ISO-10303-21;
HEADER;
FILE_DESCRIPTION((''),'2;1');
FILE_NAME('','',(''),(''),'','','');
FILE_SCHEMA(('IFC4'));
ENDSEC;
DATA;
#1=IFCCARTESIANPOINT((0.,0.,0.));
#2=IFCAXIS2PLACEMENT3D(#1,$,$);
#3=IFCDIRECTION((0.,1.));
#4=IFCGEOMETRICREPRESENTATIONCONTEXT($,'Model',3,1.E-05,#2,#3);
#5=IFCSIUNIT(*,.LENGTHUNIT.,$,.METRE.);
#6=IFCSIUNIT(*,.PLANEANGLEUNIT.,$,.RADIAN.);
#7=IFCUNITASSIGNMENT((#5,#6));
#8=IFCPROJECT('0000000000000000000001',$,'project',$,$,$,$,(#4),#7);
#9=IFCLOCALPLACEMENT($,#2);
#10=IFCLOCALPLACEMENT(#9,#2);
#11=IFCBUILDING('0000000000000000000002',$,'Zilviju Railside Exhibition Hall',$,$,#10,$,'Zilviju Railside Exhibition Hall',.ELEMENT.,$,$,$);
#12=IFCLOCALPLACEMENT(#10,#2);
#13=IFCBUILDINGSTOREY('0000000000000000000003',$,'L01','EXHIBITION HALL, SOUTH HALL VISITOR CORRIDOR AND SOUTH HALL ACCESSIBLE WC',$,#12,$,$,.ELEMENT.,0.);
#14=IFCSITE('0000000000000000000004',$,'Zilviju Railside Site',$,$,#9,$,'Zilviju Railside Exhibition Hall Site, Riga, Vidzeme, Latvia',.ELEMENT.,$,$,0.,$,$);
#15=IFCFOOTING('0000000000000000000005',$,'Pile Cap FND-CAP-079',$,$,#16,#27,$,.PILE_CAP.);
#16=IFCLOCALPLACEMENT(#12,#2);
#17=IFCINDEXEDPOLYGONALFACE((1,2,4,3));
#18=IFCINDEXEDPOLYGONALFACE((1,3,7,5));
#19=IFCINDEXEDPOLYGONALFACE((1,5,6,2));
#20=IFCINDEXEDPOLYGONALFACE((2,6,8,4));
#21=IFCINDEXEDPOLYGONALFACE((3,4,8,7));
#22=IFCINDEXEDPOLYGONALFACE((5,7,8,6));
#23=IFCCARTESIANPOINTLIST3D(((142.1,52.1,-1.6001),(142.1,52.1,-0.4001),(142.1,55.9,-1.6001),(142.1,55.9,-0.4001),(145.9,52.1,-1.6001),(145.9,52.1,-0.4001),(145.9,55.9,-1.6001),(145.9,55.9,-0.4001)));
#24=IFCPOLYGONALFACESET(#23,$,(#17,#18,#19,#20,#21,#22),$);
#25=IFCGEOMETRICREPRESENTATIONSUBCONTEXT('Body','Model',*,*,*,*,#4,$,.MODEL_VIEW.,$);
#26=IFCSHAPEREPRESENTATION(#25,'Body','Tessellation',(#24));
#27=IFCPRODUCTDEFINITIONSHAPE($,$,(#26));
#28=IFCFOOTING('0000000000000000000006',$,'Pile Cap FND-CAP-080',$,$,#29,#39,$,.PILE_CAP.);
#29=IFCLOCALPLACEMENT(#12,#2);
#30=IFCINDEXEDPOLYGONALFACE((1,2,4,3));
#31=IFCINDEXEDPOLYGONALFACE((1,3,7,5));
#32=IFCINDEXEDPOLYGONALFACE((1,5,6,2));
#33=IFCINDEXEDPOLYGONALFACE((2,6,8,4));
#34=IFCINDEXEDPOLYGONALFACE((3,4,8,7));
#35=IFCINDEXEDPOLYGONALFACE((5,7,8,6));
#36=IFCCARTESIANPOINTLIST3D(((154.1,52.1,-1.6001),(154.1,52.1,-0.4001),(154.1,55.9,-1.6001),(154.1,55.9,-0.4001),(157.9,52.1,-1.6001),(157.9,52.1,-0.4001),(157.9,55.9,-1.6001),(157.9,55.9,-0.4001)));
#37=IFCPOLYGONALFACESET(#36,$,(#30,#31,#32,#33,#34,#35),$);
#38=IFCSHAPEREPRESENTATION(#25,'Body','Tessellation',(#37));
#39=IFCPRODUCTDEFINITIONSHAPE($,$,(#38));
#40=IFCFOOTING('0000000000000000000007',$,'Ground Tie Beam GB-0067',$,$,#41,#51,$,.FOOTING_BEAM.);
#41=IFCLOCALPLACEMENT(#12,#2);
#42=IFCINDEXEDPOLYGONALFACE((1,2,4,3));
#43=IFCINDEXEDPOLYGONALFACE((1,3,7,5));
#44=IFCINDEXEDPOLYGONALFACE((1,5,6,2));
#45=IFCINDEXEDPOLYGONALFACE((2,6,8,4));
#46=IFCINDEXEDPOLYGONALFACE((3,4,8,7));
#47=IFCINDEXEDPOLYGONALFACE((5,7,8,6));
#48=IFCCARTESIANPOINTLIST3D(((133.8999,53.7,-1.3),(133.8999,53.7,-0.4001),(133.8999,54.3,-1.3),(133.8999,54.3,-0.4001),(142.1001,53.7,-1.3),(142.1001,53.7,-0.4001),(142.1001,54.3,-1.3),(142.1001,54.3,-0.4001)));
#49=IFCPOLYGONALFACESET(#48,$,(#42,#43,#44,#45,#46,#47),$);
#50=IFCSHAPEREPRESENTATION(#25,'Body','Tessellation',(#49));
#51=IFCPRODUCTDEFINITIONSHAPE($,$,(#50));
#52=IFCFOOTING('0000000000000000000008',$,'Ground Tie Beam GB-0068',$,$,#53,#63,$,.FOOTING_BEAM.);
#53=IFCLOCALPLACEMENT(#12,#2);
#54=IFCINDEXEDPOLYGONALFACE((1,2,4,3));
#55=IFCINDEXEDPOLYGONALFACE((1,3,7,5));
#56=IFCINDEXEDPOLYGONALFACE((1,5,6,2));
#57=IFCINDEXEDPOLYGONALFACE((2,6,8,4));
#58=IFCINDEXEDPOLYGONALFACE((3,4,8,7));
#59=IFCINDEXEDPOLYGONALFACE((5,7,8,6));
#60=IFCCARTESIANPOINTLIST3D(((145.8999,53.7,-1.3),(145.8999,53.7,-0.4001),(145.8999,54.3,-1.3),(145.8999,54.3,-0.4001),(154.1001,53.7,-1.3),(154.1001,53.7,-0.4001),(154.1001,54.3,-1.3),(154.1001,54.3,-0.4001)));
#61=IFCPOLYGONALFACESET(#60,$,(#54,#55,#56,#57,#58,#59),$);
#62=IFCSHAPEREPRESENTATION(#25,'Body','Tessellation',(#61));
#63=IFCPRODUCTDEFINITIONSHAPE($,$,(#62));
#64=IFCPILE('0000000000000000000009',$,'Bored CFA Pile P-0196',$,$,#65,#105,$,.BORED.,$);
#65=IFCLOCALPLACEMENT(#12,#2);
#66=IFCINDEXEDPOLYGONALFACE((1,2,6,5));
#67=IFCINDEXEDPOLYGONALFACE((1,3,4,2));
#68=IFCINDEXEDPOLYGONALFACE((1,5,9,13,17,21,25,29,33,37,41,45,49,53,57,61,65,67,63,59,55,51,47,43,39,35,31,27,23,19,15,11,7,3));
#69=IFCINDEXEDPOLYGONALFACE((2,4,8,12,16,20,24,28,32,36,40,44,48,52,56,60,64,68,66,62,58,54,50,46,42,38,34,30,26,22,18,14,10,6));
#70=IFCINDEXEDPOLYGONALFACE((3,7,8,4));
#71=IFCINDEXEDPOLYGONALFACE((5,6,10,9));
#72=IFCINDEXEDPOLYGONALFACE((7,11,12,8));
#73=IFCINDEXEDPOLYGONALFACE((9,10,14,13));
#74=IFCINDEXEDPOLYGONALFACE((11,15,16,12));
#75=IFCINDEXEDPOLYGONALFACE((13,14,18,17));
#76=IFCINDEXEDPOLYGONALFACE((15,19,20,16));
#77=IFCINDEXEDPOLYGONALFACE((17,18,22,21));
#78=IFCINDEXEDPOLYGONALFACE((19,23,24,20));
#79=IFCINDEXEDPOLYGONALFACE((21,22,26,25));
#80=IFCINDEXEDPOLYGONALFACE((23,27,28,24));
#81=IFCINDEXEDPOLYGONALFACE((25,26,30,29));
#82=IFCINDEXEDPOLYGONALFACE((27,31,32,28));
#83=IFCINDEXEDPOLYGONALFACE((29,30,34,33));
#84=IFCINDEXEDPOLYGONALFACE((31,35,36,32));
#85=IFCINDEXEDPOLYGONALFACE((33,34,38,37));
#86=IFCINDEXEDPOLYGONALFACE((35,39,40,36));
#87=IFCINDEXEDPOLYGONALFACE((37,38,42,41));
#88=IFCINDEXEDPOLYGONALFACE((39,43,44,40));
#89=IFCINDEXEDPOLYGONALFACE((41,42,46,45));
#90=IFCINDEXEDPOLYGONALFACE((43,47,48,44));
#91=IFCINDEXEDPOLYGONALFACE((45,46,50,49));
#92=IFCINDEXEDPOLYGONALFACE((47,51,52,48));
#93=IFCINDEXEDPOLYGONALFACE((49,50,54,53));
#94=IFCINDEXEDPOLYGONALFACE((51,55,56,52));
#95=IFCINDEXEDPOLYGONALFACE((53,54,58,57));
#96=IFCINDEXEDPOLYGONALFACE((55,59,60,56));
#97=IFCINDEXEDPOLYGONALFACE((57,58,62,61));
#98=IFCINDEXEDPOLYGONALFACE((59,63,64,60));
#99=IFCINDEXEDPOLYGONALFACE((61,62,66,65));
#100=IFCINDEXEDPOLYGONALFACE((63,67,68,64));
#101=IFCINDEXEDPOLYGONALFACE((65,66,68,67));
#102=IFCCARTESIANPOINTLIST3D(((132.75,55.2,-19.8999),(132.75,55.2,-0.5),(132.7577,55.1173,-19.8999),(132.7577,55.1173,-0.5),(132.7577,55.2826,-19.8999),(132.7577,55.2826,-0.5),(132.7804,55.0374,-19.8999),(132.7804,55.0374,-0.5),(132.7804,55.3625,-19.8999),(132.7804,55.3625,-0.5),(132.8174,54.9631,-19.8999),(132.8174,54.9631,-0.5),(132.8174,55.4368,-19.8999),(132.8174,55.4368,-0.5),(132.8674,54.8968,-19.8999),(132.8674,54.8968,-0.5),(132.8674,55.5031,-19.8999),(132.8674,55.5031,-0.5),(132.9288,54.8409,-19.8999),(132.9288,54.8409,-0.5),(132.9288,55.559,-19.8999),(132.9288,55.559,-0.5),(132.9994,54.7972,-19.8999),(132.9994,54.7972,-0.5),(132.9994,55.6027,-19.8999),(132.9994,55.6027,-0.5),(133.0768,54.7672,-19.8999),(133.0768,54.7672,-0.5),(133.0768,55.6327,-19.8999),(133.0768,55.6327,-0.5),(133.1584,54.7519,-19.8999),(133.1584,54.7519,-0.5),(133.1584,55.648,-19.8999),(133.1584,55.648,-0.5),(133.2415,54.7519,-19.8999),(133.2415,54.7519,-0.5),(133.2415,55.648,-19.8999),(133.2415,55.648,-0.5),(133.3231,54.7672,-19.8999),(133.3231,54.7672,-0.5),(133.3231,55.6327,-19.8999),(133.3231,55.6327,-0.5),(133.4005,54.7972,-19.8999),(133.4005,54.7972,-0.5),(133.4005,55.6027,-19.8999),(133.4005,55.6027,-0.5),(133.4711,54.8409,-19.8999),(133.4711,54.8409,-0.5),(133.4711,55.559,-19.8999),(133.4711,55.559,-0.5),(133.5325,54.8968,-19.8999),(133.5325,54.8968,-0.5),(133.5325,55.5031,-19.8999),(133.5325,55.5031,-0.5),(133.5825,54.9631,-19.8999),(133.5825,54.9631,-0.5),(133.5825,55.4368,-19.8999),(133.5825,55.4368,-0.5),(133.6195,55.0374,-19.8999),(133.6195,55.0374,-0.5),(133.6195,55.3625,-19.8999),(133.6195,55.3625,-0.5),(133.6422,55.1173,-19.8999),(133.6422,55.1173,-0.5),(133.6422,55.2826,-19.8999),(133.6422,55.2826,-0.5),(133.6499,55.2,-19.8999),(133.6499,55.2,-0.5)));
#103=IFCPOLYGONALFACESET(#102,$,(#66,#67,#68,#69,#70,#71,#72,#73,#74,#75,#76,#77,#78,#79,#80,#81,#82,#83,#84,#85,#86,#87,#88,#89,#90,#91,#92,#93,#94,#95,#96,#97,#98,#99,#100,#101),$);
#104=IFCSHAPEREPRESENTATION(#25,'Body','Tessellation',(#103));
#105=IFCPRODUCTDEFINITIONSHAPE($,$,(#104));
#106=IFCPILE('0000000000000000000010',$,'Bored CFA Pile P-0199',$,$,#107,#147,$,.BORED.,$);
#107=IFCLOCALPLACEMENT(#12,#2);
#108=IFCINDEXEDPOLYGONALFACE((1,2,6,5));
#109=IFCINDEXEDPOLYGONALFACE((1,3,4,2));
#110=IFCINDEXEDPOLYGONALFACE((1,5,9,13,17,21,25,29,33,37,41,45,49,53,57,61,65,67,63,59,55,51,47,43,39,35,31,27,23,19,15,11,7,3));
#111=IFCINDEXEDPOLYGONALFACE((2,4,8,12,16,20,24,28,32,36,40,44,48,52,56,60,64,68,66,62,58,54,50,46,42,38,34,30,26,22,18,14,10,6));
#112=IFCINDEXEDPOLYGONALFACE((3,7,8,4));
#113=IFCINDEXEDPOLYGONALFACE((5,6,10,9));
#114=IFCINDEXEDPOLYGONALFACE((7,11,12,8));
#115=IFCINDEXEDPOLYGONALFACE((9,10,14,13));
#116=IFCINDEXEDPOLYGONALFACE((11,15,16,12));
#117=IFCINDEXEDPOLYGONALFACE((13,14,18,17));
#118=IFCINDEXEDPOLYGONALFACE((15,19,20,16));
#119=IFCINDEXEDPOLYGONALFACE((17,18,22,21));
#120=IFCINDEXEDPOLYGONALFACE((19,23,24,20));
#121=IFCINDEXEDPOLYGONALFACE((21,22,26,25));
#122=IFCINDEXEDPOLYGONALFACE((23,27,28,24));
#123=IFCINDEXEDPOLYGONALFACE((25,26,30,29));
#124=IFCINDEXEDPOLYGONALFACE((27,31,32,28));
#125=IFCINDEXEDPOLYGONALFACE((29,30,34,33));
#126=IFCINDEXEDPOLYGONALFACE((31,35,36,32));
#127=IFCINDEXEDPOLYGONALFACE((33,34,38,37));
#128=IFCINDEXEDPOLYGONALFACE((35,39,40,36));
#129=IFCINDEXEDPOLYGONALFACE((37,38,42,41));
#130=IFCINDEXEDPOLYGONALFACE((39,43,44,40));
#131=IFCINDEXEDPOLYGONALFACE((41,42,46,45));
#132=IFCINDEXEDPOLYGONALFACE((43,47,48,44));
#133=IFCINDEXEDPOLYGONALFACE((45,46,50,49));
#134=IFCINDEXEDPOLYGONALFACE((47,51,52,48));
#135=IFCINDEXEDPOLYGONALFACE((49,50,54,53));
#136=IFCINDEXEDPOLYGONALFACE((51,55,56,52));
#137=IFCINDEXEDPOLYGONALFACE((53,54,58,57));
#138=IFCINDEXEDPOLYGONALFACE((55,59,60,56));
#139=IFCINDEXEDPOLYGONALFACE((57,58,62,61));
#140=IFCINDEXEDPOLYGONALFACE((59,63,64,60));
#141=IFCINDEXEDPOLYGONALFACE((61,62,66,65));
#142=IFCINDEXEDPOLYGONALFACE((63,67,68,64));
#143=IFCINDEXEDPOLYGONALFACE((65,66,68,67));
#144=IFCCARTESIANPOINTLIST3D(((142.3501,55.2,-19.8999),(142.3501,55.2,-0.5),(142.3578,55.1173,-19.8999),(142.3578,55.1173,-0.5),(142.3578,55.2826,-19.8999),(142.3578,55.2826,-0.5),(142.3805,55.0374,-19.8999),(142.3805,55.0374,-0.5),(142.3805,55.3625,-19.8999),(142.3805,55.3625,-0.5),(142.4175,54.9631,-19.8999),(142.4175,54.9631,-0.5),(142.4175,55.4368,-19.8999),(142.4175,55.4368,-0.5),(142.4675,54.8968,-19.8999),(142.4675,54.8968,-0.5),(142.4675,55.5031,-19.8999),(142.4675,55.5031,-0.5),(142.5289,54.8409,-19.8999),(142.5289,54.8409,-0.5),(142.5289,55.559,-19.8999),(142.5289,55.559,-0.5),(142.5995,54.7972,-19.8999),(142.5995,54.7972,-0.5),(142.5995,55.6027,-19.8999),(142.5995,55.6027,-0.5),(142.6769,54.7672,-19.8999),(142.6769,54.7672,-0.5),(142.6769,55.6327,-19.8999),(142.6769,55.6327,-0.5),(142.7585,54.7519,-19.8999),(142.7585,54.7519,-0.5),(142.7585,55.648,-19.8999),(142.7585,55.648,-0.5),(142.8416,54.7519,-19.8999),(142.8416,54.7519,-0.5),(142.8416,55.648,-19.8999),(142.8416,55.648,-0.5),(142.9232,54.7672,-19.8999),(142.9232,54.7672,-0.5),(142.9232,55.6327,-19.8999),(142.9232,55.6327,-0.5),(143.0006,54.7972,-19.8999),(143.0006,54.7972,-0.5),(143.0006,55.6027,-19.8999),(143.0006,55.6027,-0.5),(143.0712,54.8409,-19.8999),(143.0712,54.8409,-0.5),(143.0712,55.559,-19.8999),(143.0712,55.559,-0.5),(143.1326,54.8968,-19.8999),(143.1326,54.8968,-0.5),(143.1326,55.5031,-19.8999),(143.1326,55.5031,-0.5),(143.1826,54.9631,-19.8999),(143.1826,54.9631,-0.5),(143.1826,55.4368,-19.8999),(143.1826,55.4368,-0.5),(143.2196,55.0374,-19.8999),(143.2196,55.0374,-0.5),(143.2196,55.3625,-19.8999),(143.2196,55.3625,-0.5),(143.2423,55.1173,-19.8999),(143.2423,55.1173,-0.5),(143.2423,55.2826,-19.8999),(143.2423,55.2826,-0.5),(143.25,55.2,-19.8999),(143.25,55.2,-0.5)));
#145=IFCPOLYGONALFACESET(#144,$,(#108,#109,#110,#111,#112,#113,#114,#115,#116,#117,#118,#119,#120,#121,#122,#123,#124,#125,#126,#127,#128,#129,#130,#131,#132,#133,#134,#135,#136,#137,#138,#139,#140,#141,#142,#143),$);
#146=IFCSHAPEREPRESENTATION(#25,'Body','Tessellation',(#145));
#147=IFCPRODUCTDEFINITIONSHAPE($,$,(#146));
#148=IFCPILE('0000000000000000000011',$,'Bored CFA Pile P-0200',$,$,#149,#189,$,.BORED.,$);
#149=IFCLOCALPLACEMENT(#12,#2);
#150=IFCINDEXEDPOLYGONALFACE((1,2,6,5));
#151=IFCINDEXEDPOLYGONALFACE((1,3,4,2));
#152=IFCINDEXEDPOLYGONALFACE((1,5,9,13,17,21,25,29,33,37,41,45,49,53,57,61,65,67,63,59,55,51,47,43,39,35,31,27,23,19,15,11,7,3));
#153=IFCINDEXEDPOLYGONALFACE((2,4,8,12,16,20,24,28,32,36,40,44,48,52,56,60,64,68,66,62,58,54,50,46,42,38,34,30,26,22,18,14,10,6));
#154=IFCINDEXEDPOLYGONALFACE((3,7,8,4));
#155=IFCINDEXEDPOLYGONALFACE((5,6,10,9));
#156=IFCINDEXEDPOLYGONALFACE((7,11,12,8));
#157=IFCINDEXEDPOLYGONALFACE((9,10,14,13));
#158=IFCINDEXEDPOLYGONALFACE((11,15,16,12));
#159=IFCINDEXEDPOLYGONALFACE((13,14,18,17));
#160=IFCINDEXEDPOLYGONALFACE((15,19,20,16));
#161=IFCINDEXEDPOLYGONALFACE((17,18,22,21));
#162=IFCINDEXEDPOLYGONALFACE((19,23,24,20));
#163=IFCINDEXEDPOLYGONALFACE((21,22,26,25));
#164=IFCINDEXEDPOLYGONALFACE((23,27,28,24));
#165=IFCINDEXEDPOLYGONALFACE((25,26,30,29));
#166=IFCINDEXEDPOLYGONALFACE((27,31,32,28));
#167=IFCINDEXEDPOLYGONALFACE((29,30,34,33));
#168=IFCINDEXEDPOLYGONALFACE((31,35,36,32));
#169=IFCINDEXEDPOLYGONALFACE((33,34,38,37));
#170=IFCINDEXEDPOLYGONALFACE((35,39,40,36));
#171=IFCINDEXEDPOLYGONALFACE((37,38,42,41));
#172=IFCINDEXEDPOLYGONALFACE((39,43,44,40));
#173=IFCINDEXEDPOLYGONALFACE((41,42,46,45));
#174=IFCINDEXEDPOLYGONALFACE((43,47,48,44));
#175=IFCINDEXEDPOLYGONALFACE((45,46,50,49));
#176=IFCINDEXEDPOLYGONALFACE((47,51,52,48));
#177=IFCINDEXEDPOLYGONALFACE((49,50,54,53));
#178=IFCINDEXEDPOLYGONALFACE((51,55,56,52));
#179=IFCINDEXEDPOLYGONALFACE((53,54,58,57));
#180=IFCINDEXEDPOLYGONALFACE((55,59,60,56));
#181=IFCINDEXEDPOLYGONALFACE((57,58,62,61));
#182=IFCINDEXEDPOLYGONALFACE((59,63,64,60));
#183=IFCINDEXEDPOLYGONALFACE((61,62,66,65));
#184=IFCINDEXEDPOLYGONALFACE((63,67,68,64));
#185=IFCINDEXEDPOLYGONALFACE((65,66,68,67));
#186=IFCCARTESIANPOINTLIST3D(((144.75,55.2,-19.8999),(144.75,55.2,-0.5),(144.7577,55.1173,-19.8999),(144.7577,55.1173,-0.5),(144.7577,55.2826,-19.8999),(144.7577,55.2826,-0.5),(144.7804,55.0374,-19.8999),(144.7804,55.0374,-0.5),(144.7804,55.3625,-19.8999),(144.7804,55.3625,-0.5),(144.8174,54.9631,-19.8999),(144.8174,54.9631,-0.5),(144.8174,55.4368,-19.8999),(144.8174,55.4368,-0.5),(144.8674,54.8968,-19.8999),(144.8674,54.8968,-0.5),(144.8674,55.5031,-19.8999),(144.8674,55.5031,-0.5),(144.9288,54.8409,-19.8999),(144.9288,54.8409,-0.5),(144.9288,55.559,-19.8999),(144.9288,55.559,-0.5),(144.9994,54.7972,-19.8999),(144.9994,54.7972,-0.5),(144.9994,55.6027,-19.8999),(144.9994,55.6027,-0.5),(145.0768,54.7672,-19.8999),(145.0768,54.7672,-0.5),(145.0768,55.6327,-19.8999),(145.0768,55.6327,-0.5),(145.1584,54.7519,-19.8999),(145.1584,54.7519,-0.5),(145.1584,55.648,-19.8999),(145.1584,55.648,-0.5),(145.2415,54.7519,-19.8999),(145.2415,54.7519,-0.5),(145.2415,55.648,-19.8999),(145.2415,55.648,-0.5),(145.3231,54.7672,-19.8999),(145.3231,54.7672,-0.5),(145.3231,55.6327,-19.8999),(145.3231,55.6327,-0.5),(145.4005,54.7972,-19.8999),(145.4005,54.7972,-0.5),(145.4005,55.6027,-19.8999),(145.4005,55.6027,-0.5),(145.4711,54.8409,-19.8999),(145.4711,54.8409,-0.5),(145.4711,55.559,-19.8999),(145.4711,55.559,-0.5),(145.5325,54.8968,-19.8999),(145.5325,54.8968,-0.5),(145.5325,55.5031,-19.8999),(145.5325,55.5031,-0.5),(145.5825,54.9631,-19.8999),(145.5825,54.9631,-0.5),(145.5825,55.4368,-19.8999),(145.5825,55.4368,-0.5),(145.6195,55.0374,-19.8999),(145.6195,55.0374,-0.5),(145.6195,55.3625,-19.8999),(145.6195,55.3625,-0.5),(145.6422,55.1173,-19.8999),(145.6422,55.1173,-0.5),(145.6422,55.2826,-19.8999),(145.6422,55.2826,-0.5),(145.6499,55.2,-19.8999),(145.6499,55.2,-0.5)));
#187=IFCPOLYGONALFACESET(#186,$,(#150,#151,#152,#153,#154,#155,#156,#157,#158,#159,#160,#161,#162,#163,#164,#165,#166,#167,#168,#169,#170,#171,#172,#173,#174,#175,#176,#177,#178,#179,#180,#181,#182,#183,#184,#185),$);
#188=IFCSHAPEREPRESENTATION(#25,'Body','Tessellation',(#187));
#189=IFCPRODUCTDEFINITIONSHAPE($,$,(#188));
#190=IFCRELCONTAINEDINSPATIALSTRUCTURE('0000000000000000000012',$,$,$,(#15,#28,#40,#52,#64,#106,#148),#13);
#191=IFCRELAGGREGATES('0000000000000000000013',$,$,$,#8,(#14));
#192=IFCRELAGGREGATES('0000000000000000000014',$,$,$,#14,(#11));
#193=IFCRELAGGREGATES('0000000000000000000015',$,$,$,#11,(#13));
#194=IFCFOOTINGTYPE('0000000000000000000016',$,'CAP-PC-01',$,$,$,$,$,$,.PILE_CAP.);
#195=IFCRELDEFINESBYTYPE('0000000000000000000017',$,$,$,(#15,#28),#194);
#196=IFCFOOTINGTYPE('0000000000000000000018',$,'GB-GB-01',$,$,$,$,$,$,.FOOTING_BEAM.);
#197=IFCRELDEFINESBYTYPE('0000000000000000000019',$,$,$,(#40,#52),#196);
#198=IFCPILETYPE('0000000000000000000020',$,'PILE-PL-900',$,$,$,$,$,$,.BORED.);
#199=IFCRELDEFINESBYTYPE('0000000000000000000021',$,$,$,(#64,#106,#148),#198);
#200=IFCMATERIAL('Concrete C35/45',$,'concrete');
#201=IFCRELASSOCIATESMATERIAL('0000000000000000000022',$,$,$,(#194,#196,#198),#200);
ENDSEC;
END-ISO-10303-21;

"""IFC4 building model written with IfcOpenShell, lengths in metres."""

from ifc_helpers import new_model, si_unit, direction, frame, origin, origin_2d, place, context, subcontext, project, spatial, rectangle, circle, extrude, material, material_profile, profile_set, type_object, element, save


model = new_model("IFC4")

# Units and contexts
model_context = context("Model", 3, precision=1e-05, world=origin(), true_north=direction((0.0, 1.0)))
body_context = subcontext(model_context, "Body", "Model", "MODEL_VIEW")
ifc_project = project(units=[si_unit("LENGTHUNIT", "METRE"), si_unit("PLANEANGLEUNIT", "RADIAN")], contexts=[model_context])

# Site, building, storey
site_placement = place(None, origin())
site = spatial("IfcSite", under=ifc_project, at=site_placement, Name="Zilviju Railside Site", LongName="Zilviju Railside Exhibition Hall Site, Riga, Vidzeme, Latvia", CompositionType="ELEMENT", RefElevation=0.0)
building_placement = place(site_placement, origin())
building = spatial("IfcBuilding", under=site, at=building_placement, Name="Zilviju Railside Exhibition Hall", LongName="Zilviju Railside Exhibition Hall", CompositionType="ELEMENT")
storey_placement = place(building_placement, origin())
storey = spatial("IfcBuildingStorey", under=building, at=storey_placement, Name="L01", Description="EXHIBITION HALL, SOUTH HALL VISITOR CORRIDOR AND SOUTH HALL ACCESSIBLE WC", CompositionType="ELEMENT", Elevation=0.0)

# Footings
ifc_material_1 = material(Name="Concrete C35/45", Category="concrete")
footing_type_1 = type_object("IfcFootingType", Name="CAP-PC-01", PredefinedType="PILE_CAP", material=ifc_material_1)
for number, where, z_axis, x_axis, name in (
    (1, (144.0, 54.0, -1.6001), (0.0, 0.0, 1.0), (1.0, 0.0, 0.0), "Pile Cap FND-CAP-079"),
    (2, (156.0, 54.0, -1.6001), (0.0, 0.0, 1.0), (1.0, 0.0, 0.0), "Pile Cap FND-CAP-080"),
):
    element("IfcFooting", number, at=place(storey_placement, frame(where, z_axis=z_axis, x_axis=x_axis)), inside=storey, type_object=footing_type_1, Name=name, PredefinedType="PILE_CAP", context=body_context, shape_type="SweptSolid", body=[
        extrude(rectangle(XDim=3.8, YDim=3.8, at=origin_2d()), origin(), (0.0, 0.0, 1.0), 1.2),
    ])
ifc_material_profile_1 = material_profile(ifc_material_1, rectangle(XDim=0.6001, YDim=0.8999, at=origin_2d()), Name="TIE BEAM 600x900")
ifc_profile_set_1 = profile_set([ifc_material_profile_1], Name="Concrete C35/45")
footing_type_2 = type_object("IfcFootingType", Name="GB-GB-01", PredefinedType="FOOTING_BEAM", material=ifc_profile_set_1)
for number, where, z_axis, x_axis, name in (
    (3, (133.8999, 54.0, -0.8501), (1.0, 0.0, 0.0), (0.0, 1.0, 0.0), "Ground Tie Beam GB-0067"),
    (4, (145.8999, 54.0, -0.8501), (1.0, 0.0, 0.0), (0.0, 1.0, 0.0), "Ground Tie Beam GB-0068"),
):
    element("IfcFooting", number, at=place(storey_placement, frame(where, z_axis=z_axis, x_axis=x_axis)), inside=storey, type_object=footing_type_2, Name=name, PredefinedType="FOOTING_BEAM", context=body_context, shape_type="SweptSolid", body=[
        extrude(rectangle(XDim=0.6001, YDim=0.8999, at=origin_2d()), origin(), (0.0, 0.0, 1.0), 8.2002),
    ])

# Piles
ifc_material_profile_2 = material_profile(ifc_material_1, circle(Radius=0.45, at=origin_2d()), Name="CFA PILE D900")
ifc_profile_set_2 = profile_set([ifc_material_profile_2], Name="Concrete C35/45")
pile_type = type_object("IfcPileType", Name="PILE-PL-900", PredefinedType="BORED", material=ifc_profile_set_2)
for number, where, z_axis, x_axis, name in (
    (5, (133.2, 55.2, -0.5), (0.0, 0.0, -1.0), (1.0, 0.0, 0.0), "Bored CFA Pile P-0196"),
    (6, (142.8, 55.2, -0.5), (0.0, 0.0, -1.0), (1.0, 0.0, 0.0), "Bored CFA Pile P-0199"),
    (7, (145.2, 55.2, -0.5), (0.0, 0.0, -1.0), (1.0, 0.0, 0.0), "Bored CFA Pile P-0200"),
):
    element("IfcPile", number, at=place(storey_placement, frame(where, z_axis=z_axis, x_axis=x_axis)), inside=storey, type_object=pile_type, Name=name, PredefinedType="BORED", context=body_context, shape_type="SweptSolid", body=[
        extrude(circle(Radius=0.45, at=origin_2d()), origin(), (0.0, 0.0, 1.0), 19.3999),
    ])

save(model, "model.ifc")
